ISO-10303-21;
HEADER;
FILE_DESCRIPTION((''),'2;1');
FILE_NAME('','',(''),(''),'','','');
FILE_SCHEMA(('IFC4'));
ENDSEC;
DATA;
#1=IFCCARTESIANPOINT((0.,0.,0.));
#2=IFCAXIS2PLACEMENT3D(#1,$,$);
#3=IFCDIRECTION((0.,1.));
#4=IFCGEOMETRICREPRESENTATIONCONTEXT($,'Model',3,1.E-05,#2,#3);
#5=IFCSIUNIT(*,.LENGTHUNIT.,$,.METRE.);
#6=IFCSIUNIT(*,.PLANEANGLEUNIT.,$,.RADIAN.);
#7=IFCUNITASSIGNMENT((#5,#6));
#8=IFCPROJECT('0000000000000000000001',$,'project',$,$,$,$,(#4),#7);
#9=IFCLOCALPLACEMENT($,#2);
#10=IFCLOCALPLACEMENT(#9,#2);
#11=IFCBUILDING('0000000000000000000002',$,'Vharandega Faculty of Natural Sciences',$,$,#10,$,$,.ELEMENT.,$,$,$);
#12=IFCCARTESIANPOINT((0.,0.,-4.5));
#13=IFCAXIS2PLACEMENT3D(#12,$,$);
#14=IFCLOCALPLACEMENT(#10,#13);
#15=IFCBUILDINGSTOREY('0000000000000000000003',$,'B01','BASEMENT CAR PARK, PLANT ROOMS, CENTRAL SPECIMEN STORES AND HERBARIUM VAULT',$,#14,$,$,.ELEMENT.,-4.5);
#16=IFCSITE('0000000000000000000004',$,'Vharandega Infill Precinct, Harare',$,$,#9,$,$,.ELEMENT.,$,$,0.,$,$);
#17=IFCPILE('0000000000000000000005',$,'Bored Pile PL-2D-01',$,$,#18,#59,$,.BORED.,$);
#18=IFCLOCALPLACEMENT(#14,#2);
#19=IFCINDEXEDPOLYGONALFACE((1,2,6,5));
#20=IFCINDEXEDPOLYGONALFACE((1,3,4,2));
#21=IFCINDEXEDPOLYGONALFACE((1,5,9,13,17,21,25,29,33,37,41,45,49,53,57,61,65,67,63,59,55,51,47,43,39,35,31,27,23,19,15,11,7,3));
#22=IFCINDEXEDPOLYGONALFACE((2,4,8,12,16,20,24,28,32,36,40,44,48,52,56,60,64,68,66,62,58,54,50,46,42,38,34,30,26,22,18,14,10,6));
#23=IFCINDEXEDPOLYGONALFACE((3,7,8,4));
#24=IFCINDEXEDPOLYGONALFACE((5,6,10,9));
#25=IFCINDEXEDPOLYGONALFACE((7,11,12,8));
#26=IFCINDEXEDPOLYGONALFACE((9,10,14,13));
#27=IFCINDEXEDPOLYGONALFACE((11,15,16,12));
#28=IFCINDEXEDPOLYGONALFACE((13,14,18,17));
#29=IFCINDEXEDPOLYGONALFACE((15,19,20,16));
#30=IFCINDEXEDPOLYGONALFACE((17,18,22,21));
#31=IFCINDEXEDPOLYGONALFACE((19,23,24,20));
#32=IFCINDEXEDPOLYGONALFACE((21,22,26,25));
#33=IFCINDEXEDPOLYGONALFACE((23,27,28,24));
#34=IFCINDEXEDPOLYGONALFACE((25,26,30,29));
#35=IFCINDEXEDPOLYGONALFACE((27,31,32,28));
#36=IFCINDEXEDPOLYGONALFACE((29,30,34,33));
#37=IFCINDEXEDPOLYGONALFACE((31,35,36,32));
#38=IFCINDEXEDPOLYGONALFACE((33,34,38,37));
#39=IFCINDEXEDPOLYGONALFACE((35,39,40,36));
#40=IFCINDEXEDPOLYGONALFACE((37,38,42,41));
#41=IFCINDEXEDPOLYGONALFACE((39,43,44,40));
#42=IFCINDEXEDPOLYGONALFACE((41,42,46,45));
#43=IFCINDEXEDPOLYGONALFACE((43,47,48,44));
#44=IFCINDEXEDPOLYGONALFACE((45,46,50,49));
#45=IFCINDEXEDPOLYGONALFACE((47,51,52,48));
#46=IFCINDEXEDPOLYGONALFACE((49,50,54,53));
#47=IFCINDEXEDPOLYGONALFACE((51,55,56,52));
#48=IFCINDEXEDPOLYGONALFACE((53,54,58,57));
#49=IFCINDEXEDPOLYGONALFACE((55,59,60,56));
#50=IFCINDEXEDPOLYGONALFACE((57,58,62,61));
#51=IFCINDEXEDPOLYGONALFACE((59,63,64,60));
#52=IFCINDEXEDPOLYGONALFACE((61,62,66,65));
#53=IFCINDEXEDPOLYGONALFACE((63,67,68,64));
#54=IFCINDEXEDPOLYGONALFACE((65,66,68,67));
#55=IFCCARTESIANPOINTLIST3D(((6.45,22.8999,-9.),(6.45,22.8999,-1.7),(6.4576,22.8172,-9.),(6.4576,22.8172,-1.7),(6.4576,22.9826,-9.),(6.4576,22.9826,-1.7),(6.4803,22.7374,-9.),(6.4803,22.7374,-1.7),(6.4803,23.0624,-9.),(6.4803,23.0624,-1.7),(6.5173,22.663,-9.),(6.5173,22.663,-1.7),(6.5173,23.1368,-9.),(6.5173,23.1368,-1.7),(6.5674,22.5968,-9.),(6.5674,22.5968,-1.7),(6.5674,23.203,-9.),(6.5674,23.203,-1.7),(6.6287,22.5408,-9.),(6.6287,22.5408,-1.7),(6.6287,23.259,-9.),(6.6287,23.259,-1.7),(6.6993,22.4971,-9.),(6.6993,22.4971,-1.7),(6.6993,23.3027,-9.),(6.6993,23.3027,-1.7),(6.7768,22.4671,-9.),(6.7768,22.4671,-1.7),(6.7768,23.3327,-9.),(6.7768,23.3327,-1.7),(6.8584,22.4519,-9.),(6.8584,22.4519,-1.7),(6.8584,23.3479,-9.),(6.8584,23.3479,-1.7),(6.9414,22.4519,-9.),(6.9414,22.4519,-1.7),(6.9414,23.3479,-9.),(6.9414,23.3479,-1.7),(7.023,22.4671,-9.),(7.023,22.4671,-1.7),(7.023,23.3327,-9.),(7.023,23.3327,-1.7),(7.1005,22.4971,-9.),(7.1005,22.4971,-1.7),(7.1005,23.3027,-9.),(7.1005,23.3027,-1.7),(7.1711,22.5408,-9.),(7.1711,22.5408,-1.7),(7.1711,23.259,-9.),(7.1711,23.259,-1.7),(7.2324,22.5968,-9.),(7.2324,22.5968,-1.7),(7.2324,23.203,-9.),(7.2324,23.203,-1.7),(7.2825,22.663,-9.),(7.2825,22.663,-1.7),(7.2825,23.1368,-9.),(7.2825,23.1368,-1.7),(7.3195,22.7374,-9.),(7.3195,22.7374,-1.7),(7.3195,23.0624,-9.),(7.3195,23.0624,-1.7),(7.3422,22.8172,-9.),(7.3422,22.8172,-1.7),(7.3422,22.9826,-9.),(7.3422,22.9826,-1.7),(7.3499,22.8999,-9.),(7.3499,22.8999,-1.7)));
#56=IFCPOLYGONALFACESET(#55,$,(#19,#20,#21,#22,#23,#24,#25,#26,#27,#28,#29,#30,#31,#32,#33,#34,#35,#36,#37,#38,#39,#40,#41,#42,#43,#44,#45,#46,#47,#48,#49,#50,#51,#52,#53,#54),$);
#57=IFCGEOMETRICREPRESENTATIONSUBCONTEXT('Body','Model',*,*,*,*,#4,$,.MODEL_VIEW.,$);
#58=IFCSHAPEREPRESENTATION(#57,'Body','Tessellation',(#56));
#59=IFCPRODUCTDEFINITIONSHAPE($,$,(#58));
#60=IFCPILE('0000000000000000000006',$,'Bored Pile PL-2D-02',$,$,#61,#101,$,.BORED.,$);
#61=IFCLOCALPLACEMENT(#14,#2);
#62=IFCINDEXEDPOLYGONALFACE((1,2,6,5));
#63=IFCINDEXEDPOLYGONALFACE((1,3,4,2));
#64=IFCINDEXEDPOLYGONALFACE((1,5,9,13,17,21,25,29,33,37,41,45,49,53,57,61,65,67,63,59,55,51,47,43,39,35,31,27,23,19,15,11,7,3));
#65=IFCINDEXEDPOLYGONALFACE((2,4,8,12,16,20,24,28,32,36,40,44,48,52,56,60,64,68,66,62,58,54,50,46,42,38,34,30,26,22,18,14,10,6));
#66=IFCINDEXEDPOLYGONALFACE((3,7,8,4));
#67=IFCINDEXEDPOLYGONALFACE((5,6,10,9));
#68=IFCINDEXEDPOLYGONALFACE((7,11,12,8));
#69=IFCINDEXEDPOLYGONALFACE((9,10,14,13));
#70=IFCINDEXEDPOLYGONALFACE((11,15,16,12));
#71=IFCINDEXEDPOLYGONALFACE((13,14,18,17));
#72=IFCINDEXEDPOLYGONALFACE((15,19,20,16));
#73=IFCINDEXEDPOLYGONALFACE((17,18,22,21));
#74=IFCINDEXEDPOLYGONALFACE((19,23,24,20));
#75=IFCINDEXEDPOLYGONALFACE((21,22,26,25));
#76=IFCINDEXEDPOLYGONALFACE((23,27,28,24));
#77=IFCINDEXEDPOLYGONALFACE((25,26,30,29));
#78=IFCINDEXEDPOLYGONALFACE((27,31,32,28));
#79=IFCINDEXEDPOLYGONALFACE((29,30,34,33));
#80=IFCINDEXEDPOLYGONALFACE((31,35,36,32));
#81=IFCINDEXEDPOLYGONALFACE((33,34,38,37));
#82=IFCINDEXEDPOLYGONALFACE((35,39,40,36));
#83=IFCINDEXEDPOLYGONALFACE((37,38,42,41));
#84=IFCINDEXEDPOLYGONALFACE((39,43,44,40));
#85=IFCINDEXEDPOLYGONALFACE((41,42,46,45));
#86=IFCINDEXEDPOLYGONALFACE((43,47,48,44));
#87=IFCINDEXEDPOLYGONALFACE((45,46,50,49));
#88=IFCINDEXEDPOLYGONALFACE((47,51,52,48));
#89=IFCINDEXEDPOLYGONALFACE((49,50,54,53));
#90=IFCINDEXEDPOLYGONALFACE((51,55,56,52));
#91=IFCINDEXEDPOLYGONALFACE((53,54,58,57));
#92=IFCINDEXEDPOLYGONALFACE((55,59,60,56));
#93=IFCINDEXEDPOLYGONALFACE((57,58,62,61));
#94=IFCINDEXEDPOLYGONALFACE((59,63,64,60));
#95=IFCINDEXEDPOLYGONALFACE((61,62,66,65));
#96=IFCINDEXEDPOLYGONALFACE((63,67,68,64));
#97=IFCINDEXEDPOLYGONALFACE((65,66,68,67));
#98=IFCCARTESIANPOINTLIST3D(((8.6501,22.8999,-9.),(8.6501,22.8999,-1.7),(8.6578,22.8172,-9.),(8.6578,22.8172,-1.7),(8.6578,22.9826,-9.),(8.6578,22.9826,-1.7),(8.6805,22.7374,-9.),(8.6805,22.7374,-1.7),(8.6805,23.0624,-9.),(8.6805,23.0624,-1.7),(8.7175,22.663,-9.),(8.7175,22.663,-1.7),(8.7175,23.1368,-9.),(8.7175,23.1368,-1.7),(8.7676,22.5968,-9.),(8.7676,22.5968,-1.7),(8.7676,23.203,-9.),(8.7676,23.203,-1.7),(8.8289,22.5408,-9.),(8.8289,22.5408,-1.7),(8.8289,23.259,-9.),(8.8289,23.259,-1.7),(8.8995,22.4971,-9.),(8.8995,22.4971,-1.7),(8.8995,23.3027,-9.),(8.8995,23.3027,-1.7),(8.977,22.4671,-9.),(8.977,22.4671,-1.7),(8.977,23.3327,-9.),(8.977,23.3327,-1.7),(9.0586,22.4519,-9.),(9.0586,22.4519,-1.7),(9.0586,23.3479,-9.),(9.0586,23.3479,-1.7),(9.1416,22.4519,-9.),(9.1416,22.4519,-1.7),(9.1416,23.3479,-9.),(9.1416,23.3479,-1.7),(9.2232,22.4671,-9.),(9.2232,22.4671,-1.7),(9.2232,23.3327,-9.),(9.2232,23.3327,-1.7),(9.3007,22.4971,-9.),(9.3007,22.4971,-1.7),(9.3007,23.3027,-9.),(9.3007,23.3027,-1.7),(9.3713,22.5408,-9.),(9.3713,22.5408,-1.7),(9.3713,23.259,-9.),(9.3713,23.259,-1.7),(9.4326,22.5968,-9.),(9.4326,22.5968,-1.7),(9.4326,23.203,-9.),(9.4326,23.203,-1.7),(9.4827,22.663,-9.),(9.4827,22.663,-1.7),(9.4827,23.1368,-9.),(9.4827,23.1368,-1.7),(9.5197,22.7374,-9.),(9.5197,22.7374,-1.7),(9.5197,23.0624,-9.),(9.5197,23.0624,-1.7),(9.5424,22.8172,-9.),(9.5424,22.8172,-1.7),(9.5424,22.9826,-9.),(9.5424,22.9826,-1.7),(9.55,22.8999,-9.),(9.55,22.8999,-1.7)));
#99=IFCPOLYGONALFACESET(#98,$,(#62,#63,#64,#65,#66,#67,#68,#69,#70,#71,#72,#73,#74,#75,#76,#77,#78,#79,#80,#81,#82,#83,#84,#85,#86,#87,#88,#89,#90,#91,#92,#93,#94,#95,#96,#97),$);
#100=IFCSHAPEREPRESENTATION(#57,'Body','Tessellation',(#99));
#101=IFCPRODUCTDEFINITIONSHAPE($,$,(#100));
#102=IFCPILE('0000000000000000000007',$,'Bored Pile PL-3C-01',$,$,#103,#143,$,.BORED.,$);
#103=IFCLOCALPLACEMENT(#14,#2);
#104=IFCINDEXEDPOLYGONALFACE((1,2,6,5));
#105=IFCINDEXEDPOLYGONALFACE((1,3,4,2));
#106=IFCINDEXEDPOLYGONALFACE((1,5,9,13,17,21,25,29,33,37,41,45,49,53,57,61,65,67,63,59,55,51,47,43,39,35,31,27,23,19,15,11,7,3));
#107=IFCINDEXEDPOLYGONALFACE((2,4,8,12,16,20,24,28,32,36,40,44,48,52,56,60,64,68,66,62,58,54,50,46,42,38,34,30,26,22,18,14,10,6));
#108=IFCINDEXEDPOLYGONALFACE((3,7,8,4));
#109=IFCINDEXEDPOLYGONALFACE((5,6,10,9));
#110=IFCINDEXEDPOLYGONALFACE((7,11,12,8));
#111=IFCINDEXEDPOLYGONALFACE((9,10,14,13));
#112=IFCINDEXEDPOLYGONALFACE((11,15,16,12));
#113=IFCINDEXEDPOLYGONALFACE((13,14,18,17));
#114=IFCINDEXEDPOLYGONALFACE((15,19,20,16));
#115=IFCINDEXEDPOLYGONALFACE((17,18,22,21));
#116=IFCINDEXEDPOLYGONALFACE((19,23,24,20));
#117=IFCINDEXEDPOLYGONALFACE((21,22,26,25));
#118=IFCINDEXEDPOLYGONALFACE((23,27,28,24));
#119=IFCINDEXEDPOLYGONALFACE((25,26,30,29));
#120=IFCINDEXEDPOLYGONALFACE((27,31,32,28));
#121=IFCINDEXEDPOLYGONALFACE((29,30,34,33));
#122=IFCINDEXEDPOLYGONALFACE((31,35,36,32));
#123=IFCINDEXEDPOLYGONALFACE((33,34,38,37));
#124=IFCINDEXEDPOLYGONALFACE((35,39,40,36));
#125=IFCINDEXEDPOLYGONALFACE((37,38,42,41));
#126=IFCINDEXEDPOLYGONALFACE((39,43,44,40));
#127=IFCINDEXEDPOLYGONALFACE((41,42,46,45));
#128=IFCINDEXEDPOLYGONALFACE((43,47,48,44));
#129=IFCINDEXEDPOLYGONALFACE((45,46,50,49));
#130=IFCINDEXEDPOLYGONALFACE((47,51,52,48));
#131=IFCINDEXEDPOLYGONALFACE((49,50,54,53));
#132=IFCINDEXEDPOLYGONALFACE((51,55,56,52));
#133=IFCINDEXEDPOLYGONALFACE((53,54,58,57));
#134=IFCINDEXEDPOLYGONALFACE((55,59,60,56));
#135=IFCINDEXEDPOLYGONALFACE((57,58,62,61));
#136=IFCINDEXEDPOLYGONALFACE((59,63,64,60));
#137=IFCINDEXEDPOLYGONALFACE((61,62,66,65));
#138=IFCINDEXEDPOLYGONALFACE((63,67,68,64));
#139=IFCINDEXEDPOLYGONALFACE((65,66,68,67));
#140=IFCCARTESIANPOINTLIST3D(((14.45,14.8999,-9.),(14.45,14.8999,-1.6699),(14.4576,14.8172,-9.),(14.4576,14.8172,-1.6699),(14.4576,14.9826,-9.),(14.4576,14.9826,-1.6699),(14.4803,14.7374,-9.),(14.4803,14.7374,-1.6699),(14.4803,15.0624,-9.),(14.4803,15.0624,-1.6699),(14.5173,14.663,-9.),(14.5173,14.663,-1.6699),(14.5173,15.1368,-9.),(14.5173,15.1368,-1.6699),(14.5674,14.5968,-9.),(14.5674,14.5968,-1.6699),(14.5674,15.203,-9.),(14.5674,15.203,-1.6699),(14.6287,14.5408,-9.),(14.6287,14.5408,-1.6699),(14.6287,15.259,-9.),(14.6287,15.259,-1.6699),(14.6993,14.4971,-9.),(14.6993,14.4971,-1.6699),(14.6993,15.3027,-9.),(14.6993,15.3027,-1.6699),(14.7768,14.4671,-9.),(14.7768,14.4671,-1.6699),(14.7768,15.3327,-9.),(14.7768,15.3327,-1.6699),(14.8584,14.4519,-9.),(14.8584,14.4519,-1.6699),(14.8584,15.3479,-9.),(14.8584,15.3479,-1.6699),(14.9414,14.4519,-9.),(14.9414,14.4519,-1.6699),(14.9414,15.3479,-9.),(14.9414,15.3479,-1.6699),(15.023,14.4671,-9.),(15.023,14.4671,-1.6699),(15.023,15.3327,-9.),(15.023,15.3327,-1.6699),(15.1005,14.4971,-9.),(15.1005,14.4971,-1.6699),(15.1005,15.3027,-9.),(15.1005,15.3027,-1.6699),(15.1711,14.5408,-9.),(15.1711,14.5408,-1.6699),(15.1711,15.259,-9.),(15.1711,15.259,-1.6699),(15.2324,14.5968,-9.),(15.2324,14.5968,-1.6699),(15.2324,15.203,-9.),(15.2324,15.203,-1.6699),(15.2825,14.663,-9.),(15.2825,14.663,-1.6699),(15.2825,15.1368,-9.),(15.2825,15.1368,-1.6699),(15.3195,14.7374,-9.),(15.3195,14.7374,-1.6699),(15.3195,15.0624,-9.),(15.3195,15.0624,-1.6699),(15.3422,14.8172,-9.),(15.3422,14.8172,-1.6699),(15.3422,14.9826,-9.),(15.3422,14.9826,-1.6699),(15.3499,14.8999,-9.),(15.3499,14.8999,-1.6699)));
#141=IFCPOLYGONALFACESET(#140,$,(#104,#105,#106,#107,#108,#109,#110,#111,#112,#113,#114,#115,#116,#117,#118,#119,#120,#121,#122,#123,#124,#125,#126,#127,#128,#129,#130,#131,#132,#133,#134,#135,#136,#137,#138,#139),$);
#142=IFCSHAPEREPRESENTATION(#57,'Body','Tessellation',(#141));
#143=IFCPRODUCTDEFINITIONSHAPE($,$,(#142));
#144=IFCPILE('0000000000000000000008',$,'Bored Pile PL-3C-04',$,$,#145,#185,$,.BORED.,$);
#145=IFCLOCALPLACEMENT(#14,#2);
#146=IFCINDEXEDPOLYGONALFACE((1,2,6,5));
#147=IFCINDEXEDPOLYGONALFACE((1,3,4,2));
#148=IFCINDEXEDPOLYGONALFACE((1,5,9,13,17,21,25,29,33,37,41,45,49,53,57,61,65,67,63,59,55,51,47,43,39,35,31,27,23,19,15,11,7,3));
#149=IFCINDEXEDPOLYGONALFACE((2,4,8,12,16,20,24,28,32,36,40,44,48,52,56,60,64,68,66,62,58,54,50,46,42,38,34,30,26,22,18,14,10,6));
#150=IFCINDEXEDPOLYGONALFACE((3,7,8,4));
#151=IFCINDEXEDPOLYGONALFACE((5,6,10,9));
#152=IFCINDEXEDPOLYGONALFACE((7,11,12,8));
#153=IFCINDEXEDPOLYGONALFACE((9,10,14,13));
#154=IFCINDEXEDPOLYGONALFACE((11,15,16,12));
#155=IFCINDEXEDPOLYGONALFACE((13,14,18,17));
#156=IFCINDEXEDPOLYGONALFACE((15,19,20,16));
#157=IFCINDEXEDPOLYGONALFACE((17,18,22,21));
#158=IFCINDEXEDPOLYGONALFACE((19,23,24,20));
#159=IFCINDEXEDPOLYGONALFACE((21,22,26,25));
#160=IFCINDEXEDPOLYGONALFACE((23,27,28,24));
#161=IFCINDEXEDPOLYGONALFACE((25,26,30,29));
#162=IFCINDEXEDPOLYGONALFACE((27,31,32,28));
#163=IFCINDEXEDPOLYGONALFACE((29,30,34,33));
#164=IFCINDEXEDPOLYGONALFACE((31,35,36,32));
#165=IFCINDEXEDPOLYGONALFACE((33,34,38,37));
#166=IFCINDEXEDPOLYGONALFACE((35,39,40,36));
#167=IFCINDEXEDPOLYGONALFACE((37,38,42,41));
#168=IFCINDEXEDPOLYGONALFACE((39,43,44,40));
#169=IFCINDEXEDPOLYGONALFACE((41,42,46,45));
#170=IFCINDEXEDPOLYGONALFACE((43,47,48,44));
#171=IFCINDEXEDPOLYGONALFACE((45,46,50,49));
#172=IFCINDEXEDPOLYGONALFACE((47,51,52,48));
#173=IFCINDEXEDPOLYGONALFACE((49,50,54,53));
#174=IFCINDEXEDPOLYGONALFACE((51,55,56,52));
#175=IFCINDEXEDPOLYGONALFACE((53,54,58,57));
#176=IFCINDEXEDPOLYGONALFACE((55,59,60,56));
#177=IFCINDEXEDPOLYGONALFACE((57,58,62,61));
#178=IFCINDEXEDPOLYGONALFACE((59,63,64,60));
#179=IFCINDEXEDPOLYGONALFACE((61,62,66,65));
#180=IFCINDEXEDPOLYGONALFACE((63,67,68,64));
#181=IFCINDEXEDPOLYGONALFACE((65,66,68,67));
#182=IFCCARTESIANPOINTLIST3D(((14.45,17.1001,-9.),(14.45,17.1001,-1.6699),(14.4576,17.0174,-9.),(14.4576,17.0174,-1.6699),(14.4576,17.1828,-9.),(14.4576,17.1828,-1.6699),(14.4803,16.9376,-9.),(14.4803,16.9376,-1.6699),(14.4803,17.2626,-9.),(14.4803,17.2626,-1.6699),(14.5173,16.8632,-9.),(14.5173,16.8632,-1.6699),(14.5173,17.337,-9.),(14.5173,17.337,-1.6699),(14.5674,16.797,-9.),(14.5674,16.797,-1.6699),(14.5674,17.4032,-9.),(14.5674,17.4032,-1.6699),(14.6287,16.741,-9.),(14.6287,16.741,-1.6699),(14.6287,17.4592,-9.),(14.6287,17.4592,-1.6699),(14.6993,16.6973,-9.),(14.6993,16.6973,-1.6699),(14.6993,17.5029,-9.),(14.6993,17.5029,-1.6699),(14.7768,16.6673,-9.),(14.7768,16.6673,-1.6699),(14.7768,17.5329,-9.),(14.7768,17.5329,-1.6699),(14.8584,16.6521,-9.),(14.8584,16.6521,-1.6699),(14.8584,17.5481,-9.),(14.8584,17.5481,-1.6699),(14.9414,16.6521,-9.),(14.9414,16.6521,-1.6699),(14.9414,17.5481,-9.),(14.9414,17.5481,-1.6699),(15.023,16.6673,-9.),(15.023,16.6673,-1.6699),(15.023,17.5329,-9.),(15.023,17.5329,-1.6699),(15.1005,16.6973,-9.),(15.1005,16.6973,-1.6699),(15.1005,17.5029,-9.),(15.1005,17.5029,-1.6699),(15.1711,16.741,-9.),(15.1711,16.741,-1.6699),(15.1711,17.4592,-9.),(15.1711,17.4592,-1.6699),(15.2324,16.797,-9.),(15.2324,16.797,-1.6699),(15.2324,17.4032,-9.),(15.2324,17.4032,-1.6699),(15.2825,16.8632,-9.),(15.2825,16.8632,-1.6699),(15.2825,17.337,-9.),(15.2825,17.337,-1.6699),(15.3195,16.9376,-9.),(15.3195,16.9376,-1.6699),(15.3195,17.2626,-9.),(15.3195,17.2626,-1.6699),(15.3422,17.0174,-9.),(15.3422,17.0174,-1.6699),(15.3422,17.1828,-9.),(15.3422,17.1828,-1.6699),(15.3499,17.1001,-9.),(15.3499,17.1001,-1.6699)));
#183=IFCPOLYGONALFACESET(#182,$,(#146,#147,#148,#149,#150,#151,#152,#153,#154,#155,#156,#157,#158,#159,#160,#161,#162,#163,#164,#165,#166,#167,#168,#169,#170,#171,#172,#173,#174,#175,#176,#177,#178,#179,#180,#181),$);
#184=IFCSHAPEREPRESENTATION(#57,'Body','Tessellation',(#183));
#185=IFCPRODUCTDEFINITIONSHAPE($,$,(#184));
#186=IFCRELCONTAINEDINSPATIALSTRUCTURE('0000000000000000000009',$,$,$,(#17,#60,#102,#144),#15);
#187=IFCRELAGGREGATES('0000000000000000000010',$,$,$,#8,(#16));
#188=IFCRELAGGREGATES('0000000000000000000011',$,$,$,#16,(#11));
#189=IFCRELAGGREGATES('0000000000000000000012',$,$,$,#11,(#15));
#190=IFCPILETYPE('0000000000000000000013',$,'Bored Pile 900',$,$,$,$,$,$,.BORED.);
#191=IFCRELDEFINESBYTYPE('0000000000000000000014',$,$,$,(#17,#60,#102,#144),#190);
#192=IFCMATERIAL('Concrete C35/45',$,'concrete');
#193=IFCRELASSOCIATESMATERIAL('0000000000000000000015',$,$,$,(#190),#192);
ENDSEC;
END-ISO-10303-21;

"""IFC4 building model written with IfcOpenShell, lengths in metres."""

from ifc_helpers import new_model, si_unit, direction, frame, origin, origin_2d, place, context, subcontext, project, spatial, circle, extrude, material, material_profile, profile_set, type_object, element, save


model = new_model("IFC4")

# Units and contexts
model_context = context("Model", 3, precision=1e-05, world=origin(), true_north=direction((0.0, 1.0)))
body_context = subcontext(model_context, "Body", "Model", "MODEL_VIEW")
ifc_project = project(units=[si_unit("LENGTHUNIT", "METRE"), si_unit("PLANEANGLEUNIT", "RADIAN")], contexts=[model_context])

# Site, building, storey
site_placement = place(None, origin())
site = spatial("IfcSite", under=ifc_project, at=site_placement, Name="Vharandega Infill Precinct, Harare", CompositionType="ELEMENT", RefElevation=0.0)
building_placement = place(site_placement, origin())
building = spatial("IfcBuilding", under=site, at=building_placement, Name="Vharandega Faculty of Natural Sciences", CompositionType="ELEMENT")
storey_placement = place(building_placement, frame((0.0, 0.0, -4.5)))
storey = spatial("IfcBuildingStorey", under=building, at=storey_placement, Name="B01", Description="BASEMENT CAR PARK, PLANT ROOMS, CENTRAL SPECIMEN STORES AND HERBARIUM VAULT", CompositionType="ELEMENT", Elevation=-4.5)

# Piles
ifc_material_1 = material(Name="Concrete C35/45", Category="concrete")
ifc_material_profile_1 = material_profile(ifc_material_1, circle(Radius=0.45, at=origin_2d()), Name="PILE 900")
ifc_profile_set_1 = profile_set([ifc_material_profile_1], Name="Concrete C35/45")
pile_type = type_object("IfcPileType", Name="Bored Pile 900", PredefinedType="BORED", material=ifc_profile_set_1)
for number, where, z_axis, x_axis, name in (
    (1, (6.8999, 22.8999, -1.7), (0.0, 0.0, -1.0), (1.0, 0.0, 0.0), "Bored Pile PL-2D-01"),
    (2, (9.1001, 22.8999, -1.7), (0.0, 0.0, -1.0), (1.0, 0.0, 0.0), "Bored Pile PL-2D-02"),
):
    element("IfcPile", number, at=place(storey_placement, frame(where, z_axis=z_axis, x_axis=x_axis)), inside=storey, type_object=pile_type, Name=name, PredefinedType="BORED", context=body_context, shape_type="SweptSolid", body=[
        extrude(circle(Radius=0.45, at=origin_2d()), origin(), (0.0, 0.0, 1.0), 7.3),
    ])
for number, where, z_axis, x_axis, name in (
    (3, (14.8999, 14.8999, -1.6699), (0.0, 0.0, -1.0), (1.0, 0.0, 0.0), "Bored Pile PL-3C-01"),
    (4, (14.8999, 17.1001, -1.6699), (0.0, 0.0, -1.0), (1.0, 0.0, 0.0), "Bored Pile PL-3C-04"),
):
    element("IfcPile", number, at=place(storey_placement, frame(where, z_axis=z_axis, x_axis=x_axis)), inside=storey, type_object=pile_type, Name=name, PredefinedType="BORED", context=body_context, shape_type="SweptSolid", body=[
        extrude(circle(Radius=0.45, at=origin_2d()), origin(), (0.0, 0.0, 1.0), 7.3301),
    ])

save(model, "model.ifc")
